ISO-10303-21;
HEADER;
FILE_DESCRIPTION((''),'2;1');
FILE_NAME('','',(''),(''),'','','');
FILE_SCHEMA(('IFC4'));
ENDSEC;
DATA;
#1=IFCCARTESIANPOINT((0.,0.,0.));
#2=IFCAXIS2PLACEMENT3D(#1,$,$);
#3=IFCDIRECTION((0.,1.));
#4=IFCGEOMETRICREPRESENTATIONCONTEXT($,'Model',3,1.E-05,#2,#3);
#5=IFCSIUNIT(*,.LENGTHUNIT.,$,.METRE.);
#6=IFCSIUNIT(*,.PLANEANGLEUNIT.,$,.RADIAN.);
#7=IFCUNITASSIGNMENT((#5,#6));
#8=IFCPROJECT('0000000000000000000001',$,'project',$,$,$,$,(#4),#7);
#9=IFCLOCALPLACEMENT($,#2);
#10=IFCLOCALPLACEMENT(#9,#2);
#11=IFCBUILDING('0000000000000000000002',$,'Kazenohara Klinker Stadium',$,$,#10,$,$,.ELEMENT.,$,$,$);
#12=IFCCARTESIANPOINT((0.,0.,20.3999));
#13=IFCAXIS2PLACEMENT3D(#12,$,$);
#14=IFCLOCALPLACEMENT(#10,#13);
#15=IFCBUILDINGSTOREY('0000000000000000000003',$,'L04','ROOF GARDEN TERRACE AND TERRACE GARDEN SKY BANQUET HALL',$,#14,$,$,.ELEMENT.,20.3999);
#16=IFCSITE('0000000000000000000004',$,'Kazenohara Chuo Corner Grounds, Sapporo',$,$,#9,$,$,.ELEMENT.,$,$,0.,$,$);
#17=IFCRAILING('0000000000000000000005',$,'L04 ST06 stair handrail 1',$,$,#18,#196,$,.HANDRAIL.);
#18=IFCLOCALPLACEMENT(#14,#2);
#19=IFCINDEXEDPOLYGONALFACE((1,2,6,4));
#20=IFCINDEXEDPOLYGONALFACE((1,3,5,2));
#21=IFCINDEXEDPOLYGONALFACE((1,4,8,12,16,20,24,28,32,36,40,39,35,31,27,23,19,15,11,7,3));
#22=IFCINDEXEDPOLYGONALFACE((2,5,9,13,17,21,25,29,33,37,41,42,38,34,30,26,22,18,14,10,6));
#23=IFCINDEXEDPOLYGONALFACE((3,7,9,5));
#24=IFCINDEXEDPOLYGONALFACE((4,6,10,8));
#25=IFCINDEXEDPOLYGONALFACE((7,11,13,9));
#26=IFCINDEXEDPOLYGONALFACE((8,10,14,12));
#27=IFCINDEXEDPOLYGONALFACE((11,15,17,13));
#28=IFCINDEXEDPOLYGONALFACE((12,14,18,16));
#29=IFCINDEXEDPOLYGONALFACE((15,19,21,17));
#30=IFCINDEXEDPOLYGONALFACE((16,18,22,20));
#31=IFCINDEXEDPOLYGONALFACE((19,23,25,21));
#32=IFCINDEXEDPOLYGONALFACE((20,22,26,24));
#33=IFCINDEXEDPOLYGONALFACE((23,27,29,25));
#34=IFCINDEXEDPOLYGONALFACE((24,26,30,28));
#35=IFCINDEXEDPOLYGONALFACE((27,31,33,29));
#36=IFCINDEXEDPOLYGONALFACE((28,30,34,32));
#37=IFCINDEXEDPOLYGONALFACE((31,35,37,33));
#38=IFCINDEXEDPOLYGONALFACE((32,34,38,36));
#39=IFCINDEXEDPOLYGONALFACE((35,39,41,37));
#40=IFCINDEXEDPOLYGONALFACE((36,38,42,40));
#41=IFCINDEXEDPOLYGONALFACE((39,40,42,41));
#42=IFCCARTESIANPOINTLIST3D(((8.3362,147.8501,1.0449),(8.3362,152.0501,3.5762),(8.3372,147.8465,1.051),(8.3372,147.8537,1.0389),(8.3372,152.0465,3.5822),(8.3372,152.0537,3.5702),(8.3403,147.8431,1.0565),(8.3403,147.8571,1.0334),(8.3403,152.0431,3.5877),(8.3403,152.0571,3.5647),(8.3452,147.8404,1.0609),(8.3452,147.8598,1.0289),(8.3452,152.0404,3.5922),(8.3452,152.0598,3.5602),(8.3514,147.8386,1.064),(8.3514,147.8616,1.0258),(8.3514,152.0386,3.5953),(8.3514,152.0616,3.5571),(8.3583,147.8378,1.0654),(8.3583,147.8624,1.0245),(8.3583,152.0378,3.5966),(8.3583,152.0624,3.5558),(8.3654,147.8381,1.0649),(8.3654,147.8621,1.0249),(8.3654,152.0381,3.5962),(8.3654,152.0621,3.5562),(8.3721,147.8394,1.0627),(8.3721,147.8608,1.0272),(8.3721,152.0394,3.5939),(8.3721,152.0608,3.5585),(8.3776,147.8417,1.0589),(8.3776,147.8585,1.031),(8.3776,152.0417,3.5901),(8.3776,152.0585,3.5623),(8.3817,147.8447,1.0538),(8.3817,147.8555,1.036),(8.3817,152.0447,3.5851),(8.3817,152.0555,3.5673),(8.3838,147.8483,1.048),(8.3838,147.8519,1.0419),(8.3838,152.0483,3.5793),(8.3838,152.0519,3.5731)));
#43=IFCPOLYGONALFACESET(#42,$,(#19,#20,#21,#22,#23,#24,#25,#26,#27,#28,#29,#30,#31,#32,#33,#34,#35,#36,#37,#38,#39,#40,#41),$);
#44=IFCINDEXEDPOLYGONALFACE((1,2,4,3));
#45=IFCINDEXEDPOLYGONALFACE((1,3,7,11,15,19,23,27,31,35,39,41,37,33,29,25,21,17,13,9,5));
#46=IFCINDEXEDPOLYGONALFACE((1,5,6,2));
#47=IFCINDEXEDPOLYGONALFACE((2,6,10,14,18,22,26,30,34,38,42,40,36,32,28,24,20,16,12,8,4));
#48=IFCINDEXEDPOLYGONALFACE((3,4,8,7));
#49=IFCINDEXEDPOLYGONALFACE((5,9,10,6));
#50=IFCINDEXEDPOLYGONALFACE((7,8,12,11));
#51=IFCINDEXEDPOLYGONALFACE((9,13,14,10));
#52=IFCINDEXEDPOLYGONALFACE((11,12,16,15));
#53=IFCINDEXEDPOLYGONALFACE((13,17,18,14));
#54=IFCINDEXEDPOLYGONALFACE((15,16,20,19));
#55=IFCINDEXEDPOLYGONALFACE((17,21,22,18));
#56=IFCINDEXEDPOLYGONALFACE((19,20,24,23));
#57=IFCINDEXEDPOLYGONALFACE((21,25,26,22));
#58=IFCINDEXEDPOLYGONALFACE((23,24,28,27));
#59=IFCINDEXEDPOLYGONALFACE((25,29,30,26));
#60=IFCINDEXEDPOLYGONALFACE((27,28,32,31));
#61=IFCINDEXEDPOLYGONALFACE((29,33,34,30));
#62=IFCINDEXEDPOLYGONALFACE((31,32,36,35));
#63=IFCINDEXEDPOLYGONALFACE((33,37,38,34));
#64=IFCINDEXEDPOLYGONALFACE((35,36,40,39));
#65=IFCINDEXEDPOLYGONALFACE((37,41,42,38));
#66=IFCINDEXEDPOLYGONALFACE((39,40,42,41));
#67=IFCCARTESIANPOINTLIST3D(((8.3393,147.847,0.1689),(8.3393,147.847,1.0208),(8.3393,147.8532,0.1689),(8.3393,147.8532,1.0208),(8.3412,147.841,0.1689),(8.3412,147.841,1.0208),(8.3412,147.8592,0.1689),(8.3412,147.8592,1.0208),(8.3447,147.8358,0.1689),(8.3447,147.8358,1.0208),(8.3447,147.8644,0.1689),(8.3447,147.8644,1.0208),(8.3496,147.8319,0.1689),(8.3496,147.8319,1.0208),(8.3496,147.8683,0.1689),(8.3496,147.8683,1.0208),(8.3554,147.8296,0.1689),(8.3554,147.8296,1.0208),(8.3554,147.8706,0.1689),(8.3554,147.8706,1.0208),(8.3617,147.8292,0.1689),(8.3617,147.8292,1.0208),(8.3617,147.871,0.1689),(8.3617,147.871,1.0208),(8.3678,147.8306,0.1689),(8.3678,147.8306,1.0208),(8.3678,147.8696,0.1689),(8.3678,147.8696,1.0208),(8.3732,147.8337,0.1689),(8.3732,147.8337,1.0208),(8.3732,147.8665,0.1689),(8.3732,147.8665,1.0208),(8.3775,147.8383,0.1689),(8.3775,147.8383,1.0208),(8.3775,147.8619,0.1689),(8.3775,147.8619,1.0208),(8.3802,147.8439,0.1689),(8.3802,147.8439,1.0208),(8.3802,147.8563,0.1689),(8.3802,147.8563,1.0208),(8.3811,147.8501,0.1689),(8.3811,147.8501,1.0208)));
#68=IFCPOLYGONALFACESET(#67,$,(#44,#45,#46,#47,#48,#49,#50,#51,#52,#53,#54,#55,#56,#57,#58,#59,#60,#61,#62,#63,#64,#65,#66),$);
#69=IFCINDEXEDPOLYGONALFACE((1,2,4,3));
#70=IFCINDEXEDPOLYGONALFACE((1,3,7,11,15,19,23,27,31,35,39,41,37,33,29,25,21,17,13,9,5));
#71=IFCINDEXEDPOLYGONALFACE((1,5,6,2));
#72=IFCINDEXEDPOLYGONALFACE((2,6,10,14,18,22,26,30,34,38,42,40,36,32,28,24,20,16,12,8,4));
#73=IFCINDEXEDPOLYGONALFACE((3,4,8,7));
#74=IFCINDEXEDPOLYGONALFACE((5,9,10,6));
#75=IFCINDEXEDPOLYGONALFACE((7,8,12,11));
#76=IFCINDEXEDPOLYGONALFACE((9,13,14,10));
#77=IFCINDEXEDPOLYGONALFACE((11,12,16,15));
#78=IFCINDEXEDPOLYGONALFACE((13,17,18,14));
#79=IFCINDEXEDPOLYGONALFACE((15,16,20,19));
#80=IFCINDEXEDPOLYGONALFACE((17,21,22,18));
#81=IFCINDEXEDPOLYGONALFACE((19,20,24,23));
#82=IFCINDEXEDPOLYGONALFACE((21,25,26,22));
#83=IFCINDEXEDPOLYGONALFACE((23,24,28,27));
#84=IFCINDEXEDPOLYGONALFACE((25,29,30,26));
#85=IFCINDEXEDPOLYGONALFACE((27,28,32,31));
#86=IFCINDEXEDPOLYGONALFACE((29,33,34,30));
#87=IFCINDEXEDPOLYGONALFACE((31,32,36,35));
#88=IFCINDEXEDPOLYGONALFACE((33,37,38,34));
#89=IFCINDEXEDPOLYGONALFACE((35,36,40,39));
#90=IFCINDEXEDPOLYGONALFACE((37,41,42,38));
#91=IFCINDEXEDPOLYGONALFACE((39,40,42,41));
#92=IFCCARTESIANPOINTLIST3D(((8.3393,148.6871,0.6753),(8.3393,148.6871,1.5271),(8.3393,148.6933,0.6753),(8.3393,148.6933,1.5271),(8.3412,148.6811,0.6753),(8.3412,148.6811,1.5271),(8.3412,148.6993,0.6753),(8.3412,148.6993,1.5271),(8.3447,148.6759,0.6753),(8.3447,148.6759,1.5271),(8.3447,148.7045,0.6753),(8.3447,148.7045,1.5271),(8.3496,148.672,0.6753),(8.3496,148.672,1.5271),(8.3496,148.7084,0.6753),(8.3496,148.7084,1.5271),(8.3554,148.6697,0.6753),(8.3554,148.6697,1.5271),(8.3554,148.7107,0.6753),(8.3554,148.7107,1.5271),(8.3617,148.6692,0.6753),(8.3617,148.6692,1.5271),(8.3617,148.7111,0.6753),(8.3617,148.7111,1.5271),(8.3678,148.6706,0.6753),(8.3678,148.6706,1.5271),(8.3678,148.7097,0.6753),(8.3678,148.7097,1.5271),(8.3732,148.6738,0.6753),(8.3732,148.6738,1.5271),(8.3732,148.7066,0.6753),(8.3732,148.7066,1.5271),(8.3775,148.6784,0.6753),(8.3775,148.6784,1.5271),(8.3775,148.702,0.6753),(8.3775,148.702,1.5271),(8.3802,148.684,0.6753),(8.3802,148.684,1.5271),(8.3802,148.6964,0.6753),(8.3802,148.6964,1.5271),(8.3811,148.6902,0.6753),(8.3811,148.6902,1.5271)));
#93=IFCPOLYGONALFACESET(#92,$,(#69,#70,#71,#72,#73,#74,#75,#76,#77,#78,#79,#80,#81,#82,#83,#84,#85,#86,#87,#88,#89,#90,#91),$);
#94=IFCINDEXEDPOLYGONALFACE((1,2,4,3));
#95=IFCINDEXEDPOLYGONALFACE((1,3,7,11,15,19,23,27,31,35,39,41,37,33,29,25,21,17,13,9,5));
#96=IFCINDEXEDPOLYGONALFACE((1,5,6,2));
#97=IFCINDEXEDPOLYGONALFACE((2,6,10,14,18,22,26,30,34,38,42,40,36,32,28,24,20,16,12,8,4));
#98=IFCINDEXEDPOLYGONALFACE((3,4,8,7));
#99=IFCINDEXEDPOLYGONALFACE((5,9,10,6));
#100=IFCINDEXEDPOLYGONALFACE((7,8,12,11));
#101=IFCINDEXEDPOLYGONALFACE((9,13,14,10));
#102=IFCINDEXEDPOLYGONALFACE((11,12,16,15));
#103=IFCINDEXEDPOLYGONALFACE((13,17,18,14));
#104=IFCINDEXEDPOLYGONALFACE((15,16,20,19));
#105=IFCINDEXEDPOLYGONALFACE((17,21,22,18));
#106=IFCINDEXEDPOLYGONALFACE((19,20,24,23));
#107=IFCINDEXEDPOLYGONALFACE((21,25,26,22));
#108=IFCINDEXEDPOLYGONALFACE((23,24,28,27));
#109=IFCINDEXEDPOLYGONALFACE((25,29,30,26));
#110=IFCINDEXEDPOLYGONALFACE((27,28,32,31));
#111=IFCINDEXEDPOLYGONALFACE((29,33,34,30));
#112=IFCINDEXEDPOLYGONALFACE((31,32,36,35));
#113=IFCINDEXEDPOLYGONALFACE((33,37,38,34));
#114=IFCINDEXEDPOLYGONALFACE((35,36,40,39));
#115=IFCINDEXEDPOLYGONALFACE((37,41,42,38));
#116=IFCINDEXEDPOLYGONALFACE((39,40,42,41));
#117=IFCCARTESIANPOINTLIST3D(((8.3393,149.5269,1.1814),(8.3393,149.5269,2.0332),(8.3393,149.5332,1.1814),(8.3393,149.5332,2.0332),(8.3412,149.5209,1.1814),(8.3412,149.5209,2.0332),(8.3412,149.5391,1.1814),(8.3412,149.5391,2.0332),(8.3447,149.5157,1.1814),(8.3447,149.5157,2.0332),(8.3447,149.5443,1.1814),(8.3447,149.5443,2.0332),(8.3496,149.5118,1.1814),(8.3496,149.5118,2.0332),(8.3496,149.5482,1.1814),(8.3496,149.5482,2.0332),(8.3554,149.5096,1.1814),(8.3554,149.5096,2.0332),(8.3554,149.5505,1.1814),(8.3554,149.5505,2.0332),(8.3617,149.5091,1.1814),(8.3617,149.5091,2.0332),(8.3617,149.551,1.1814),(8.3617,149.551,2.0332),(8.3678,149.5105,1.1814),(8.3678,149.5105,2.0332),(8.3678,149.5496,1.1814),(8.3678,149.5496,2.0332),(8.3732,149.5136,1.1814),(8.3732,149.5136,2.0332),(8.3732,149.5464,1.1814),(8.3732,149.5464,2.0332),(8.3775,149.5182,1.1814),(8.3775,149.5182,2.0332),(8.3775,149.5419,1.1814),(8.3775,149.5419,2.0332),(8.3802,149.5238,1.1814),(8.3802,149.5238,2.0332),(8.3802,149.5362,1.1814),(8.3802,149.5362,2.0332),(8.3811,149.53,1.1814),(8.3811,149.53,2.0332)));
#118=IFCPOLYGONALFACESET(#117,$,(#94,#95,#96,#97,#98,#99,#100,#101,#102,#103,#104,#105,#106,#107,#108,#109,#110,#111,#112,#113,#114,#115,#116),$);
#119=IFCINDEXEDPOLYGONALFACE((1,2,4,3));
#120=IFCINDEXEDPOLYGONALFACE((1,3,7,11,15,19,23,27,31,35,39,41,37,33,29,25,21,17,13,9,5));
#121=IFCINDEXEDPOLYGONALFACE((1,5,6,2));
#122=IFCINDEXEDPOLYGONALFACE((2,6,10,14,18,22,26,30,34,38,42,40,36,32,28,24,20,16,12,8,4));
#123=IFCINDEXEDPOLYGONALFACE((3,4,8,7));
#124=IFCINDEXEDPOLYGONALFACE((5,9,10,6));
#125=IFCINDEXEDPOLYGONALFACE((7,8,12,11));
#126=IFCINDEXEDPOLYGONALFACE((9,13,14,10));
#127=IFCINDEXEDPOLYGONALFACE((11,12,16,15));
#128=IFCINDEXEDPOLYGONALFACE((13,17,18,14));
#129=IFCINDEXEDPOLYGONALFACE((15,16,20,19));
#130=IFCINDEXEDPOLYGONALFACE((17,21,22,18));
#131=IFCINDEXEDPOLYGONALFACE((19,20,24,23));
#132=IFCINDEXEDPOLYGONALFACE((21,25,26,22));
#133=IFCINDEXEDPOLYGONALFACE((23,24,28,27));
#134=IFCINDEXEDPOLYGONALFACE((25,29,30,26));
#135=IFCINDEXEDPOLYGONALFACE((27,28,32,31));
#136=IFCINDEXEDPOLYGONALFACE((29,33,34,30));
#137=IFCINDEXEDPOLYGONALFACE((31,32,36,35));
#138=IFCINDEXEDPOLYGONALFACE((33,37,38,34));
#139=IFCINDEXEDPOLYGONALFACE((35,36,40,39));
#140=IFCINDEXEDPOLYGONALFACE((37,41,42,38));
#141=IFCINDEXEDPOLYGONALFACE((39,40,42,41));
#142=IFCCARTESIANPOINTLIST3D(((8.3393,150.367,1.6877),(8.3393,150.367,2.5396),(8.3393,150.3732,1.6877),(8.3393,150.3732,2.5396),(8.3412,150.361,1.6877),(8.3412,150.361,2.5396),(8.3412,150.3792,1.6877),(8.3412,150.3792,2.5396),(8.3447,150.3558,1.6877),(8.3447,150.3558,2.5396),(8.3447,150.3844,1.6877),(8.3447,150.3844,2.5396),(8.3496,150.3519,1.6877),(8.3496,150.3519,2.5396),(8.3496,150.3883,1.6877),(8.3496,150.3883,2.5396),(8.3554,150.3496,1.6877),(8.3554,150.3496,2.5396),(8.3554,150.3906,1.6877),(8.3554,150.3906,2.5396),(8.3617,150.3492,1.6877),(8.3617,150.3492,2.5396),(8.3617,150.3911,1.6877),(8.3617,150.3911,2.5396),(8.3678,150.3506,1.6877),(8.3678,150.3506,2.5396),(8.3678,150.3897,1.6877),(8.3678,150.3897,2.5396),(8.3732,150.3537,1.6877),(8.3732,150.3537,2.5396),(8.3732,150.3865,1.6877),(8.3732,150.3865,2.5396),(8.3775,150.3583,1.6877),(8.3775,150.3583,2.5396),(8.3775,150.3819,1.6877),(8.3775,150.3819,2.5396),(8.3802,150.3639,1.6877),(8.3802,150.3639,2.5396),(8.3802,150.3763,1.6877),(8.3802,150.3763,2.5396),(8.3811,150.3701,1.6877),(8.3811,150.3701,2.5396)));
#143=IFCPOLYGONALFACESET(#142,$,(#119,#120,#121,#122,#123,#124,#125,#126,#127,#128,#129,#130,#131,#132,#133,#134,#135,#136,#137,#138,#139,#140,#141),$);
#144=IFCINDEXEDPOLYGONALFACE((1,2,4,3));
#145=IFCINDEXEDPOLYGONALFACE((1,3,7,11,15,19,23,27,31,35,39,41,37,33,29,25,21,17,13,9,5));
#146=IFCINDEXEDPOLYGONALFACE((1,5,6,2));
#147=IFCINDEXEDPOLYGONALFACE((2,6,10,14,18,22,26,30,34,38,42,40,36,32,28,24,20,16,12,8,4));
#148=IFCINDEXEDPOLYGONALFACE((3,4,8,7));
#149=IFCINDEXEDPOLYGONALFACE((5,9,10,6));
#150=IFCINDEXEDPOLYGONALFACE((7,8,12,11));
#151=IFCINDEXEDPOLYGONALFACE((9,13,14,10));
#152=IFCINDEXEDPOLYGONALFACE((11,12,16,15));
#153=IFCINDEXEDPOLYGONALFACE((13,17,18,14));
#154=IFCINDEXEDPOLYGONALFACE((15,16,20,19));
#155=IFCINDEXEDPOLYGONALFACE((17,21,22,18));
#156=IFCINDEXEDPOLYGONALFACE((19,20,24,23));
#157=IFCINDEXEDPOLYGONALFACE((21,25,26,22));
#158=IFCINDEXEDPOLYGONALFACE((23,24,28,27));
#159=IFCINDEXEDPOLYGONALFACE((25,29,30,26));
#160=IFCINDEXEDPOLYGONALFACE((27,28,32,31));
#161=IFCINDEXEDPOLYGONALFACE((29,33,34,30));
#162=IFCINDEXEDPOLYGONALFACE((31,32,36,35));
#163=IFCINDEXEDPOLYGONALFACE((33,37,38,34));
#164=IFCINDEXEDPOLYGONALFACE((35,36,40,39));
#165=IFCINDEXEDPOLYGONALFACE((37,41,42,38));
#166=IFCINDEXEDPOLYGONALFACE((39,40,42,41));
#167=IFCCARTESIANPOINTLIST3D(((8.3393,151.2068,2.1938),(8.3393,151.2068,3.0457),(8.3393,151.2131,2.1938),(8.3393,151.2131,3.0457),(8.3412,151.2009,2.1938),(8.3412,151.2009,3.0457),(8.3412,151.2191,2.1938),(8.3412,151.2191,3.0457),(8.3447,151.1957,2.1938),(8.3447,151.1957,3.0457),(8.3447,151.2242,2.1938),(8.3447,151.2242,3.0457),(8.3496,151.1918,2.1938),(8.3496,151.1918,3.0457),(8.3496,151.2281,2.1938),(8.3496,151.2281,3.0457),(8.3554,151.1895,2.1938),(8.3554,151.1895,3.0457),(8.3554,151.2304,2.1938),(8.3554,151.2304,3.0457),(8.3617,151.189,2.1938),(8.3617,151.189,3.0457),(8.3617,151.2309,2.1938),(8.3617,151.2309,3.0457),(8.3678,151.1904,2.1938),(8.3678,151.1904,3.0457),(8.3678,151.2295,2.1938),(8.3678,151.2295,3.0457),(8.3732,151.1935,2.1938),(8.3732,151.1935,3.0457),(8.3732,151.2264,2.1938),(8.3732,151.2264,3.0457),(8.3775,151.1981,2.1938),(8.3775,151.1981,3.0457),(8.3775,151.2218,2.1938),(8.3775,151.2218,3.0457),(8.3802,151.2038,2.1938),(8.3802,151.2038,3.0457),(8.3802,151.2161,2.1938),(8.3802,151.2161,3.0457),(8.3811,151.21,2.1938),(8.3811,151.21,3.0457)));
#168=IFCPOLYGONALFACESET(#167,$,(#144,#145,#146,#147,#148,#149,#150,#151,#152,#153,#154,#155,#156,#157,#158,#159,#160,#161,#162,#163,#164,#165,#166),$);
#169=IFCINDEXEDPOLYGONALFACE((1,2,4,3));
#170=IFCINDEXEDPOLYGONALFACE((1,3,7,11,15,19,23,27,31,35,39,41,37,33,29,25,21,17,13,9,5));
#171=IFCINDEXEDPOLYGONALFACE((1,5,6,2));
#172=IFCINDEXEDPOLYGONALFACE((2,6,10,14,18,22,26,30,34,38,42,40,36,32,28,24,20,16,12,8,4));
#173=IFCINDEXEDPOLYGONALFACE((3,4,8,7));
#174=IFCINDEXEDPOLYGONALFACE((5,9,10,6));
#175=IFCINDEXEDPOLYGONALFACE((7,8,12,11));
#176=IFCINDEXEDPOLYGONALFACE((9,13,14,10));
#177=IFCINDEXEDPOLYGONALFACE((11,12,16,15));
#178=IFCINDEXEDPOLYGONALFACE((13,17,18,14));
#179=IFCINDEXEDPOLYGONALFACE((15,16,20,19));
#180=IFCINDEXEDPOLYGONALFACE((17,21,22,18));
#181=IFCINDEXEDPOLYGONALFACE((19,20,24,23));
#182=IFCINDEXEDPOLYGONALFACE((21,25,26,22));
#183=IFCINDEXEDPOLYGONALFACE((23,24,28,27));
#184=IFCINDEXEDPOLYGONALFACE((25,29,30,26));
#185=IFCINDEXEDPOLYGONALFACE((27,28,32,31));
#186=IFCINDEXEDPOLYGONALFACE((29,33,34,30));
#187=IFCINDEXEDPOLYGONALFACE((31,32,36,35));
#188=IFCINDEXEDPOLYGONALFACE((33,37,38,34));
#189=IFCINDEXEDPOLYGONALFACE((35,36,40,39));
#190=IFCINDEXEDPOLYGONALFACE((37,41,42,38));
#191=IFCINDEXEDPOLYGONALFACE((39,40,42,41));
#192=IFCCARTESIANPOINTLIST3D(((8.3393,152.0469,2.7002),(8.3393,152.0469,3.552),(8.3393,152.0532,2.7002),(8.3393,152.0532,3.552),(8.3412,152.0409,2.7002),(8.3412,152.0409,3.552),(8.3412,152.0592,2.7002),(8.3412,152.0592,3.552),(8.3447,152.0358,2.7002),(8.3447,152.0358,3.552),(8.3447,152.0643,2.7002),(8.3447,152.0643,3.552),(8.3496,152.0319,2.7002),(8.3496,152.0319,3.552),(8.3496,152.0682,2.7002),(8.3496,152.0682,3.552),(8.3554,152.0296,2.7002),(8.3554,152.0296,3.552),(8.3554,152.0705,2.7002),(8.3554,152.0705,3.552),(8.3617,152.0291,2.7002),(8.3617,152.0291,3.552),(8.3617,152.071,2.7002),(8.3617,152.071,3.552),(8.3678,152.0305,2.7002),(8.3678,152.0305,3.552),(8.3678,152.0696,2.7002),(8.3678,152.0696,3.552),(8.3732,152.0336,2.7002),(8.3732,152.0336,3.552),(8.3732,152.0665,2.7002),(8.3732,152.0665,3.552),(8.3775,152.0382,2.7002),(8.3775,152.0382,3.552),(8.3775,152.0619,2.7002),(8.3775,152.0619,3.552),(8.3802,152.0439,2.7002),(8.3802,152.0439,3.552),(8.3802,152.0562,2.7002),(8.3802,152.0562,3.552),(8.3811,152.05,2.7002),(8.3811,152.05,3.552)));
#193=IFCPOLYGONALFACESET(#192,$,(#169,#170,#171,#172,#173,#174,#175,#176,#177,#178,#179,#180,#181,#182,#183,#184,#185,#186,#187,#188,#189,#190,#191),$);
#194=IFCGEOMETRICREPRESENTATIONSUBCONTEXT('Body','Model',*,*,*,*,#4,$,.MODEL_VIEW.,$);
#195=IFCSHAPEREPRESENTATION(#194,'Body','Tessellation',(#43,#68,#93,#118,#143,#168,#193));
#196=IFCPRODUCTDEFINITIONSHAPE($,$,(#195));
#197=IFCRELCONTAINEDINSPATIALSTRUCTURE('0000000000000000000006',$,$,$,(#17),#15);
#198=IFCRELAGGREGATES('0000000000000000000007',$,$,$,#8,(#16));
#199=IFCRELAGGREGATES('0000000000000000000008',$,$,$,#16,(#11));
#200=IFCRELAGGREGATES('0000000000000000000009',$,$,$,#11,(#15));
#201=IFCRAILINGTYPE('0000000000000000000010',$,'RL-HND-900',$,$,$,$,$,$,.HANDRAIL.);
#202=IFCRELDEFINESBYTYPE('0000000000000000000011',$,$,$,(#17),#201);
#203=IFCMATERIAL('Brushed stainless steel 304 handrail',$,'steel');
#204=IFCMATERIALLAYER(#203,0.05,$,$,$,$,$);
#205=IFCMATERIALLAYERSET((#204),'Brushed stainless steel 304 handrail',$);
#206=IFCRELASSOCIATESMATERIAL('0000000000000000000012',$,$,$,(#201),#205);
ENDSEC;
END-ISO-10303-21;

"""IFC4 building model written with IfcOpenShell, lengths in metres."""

from ifc_helpers import new_model, si_unit, direction, frame, origin, origin_2d, place, context, subcontext, project, spatial, circle, extrude, material, layer, layer_set, type_object, element, save


model = new_model("IFC4")

# Units and contexts
model_context = context("Model", 3, precision=1e-05, world=origin(), true_north=direction((0.0, 1.0)))
body_context = subcontext(model_context, "Body", "Model", "MODEL_VIEW")
ifc_project = project(units=[si_unit("LENGTHUNIT", "METRE"), si_unit("PLANEANGLEUNIT", "RADIAN")], contexts=[model_context])

# Site, building, storey
site_placement = place(None, origin())
site = spatial("IfcSite", under=ifc_project, at=site_placement, Name="Kazenohara Chuo Corner Grounds, Sapporo", CompositionType="ELEMENT", RefElevation=0.0)
building_placement = place(site_placement, origin())
building = spatial("IfcBuilding", under=site, at=building_placement, Name="Kazenohara Klinker Stadium", CompositionType="ELEMENT")
storey_placement = place(building_placement, frame((0.0, 0.0, 20.3999)))
storey = spatial("IfcBuildingStorey", under=building, at=storey_placement, Name="L04", Description="ROOF GARDEN TERRACE AND TERRACE GARDEN SKY BANQUET HALL", CompositionType="ELEMENT", Elevation=20.3999)

# Railing
ifc_material_1 = material(Name="Brushed stainless steel 304 handrail", Category="steel")
ifc_layer_1 = layer(ifc_material_1, 0.05)
ifc_layer_set_1 = layer_set([ifc_layer_1], Name="Brushed stainless steel 304 handrail")
railing_type_1 = type_object("IfcRailingType", Name="RL-HND-900", PredefinedType="HANDRAIL", material=ifc_layer_set_1)
railing_1_placement = place(storey_placement, frame((8.3601, 147.8501, 0.1689)))
element("IfcRailing", 1, at=railing_1_placement, inside=storey, type_object=railing_type_1, Name="L04 ST06 stair handrail 1", PredefinedType="HANDRAIL", context=body_context, shape_type="SweptSolid", body=[
    extrude(circle(Radius=0.0239, at=origin_2d()), frame((0.0, 0.0, 0.876), z_axis=(0.0, 0.856476, 0.516186), x_axis=(-1.0, 0.0, 0.0)), (0.0, 0.0, 1.0), 4.9038),
    extrude(circle(Radius=0.021, at=origin_2d()), origin(), (0.0, 0.0, 1.0), 0.8518),
    extrude(circle(Radius=0.021, at=origin_2d()), frame((0.0, 0.8401, 0.5063)), (0.0, 0.0, 1.0), 0.8518),
    extrude(circle(Radius=0.021, at=origin_2d()), frame((0.0, 1.6799, 1.0125)), (0.0, 0.0, 1.0), 0.8518),
    extrude(circle(Radius=0.021, at=origin_2d()), frame((0.0, 2.52, 1.5188)), (0.0, 0.0, 1.0), 0.8518),
    extrude(circle(Radius=0.021, at=origin_2d()), frame((0.0, 3.3599, 2.0249)), (0.0, 0.0, 1.0), 0.8518),
    extrude(circle(Radius=0.021, at=origin_2d()), frame((0.0, 4.2, 2.5312)), (0.0, 0.0, 1.0), 0.8518),
])

save(model, "model.ifc")
